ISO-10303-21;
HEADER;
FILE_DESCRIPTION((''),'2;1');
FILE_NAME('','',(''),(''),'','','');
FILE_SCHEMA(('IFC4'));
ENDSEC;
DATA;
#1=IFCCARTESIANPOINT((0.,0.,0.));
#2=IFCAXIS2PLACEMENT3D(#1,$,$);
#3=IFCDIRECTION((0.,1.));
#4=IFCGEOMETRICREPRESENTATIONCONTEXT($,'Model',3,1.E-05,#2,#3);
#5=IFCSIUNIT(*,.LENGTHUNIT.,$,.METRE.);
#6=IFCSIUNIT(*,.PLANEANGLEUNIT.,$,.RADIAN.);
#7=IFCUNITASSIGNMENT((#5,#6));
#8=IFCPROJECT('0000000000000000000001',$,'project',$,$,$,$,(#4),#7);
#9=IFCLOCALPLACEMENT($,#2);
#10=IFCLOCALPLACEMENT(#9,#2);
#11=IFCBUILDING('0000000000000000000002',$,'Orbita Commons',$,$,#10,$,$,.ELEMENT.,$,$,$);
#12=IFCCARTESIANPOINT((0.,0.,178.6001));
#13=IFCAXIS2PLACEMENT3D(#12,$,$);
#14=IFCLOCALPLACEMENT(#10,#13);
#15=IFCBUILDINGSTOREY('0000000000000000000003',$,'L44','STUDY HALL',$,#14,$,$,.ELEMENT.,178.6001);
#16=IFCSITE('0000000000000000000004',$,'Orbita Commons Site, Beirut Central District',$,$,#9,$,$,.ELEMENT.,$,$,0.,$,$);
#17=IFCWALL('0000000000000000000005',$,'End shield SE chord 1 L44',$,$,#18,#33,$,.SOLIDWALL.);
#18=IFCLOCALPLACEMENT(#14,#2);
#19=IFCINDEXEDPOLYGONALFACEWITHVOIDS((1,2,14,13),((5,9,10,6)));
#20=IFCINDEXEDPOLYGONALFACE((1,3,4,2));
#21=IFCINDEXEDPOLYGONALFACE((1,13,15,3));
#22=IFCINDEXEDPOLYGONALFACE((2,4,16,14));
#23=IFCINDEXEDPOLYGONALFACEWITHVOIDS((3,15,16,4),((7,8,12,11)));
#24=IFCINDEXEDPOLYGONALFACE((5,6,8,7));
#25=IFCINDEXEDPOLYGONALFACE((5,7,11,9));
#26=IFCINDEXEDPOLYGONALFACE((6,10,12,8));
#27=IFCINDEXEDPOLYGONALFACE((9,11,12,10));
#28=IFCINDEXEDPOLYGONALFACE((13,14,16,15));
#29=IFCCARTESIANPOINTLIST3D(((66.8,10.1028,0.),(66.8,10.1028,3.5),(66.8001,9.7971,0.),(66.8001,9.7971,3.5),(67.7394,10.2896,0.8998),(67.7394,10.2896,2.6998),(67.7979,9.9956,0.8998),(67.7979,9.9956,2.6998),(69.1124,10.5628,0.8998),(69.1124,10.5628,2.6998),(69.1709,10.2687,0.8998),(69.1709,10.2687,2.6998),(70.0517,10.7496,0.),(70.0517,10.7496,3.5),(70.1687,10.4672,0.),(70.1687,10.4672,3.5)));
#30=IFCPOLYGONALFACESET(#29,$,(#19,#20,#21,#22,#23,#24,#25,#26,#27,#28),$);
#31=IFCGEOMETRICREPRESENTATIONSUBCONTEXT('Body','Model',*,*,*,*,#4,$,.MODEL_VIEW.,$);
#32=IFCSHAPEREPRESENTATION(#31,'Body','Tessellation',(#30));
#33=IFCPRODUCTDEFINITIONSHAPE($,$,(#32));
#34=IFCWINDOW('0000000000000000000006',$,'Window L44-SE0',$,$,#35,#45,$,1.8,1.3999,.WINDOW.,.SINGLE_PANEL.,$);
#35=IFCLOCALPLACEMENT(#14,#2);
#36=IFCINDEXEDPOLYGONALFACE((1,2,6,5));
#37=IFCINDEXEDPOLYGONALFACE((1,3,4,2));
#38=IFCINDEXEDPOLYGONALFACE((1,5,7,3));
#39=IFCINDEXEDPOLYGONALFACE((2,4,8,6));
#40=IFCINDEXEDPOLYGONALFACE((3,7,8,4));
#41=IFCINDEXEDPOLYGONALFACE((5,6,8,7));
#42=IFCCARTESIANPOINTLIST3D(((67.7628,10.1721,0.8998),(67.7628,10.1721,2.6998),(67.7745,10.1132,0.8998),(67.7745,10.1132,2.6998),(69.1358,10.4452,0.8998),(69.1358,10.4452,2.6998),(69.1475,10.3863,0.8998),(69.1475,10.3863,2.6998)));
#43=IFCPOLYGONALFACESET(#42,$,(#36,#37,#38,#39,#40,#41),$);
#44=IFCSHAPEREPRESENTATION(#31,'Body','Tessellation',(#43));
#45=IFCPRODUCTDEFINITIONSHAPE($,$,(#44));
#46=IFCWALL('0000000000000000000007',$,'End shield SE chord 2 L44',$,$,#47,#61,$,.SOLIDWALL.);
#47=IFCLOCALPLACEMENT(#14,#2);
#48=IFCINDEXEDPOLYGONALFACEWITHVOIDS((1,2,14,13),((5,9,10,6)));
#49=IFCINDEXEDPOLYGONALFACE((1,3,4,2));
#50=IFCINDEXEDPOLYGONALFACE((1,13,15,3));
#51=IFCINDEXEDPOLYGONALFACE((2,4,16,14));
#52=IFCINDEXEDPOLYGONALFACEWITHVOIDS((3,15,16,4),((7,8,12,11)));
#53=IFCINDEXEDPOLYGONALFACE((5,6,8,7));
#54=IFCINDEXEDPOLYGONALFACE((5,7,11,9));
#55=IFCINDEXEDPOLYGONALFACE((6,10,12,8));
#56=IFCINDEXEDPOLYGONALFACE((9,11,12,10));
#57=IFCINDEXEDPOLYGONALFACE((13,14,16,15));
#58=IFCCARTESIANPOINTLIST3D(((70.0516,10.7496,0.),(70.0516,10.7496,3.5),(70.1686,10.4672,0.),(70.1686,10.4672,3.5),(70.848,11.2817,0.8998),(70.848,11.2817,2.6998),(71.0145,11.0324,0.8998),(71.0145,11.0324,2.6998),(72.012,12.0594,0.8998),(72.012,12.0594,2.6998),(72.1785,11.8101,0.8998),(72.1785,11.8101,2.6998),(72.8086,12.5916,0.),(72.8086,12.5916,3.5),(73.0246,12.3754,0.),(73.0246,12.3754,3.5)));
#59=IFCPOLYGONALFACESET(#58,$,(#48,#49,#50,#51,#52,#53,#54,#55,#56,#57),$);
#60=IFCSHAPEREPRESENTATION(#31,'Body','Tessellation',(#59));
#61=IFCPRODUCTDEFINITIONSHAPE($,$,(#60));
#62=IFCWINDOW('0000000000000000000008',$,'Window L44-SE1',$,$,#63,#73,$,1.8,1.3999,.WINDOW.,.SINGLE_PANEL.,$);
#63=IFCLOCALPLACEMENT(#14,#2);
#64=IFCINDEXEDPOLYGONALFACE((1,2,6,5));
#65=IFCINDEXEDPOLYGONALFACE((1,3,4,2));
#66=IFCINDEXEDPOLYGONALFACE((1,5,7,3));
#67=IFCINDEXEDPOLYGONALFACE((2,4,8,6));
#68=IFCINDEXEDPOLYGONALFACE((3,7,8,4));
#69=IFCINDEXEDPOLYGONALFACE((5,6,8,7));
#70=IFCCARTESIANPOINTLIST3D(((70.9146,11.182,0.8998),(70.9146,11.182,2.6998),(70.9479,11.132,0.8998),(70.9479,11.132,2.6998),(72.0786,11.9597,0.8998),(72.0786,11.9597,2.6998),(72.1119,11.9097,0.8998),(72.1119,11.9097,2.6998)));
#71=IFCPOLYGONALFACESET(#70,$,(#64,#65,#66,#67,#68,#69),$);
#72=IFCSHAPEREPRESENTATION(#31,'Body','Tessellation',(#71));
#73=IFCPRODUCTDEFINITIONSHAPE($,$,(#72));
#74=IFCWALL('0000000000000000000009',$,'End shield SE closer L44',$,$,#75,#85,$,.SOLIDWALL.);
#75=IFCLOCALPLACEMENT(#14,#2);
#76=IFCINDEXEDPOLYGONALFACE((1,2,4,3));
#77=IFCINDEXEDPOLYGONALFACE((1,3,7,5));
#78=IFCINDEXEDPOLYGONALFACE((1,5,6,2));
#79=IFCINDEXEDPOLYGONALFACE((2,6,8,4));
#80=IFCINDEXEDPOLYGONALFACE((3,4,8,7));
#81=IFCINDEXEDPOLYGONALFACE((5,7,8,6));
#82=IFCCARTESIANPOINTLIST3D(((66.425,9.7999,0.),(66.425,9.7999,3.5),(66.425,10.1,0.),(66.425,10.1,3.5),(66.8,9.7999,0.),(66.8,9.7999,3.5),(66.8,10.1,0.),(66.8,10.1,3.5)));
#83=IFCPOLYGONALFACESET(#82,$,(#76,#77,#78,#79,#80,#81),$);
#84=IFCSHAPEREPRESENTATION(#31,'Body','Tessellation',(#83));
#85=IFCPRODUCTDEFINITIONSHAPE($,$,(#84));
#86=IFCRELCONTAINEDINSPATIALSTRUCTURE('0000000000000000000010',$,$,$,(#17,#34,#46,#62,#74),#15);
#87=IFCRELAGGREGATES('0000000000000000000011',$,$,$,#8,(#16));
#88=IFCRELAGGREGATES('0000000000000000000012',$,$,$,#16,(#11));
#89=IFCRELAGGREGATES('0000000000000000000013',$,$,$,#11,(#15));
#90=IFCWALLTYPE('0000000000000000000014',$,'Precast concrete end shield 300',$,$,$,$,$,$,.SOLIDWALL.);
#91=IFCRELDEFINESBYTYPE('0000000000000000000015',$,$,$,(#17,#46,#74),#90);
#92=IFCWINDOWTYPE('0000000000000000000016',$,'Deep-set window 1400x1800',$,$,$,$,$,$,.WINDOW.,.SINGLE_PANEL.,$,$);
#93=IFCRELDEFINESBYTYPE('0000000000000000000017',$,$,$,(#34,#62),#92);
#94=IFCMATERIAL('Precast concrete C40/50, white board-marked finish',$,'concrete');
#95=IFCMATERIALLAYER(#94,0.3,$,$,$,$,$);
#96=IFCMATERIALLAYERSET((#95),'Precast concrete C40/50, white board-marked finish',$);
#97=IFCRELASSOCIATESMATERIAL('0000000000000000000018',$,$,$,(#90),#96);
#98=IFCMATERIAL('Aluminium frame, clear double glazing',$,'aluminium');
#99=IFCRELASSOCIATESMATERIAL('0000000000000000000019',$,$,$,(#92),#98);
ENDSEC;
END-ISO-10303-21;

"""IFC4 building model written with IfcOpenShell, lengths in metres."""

from ifc_helpers import new_model, si_unit, direction, frame, frame_2d, origin, place, context, subcontext, project, spatial, polyline, rectangle, outline, extrude, material, layer, layer_set, type_object, element, fill, save


model = new_model("IFC4")

# Units and contexts
model_context = context("Model", 3, precision=1e-05, world=origin(), true_north=direction((0.0, 1.0)))
body_context = subcontext(model_context, "Body", "Model", "MODEL_VIEW")
ifc_project = project(units=[si_unit("LENGTHUNIT", "METRE"), si_unit("PLANEANGLEUNIT", "RADIAN")], contexts=[model_context])

# Site, building, storey
site_placement = place(None, origin())
site = spatial("IfcSite", under=ifc_project, at=site_placement, Name="Orbita Commons Site, Beirut Central District", CompositionType="ELEMENT", RefElevation=0.0)
building_placement = place(site_placement, origin())
building = spatial("IfcBuilding", under=site, at=building_placement, Name="Orbita Commons", CompositionType="ELEMENT")
storey_placement = place(building_placement, frame((0.0, 0.0, 178.6001)))
storey = spatial("IfcBuildingStorey", under=building, at=storey_placement, Name="L44", Description="STUDY HALL", CompositionType="ELEMENT", Elevation=178.6001)

# Walls, openings, windows
ifc_material_1 = material(Name="Precast concrete C40/50, white board-marked finish", Category="concrete")
ifc_layer_1 = layer(ifc_material_1, 0.3)
ifc_layer_set_1 = layer_set([ifc_layer_1], Name="Precast concrete C40/50, white board-marked finish")
wall_type_1 = type_object("IfcWallType", Name="Precast concrete end shield 300", PredefinedType="SOLIDWALL", material=ifc_layer_set_1)
wall_1_placement = place(storey_placement, frame((66.8, 9.95, 0.0), z_axis=(0.0, 0.0, 1.0), x_axis=(0.980783, 0.1951, 0.0)))
wall_1 = element("IfcWall", 1, at=wall_1_placement, inside=storey, type_object=wall_type_1, Name="End shield SE chord 1 L44", PredefinedType="SOLIDWALL", context=body_context, shape_type="SweptSolid", body=[
    extrude(outline(polyline([(-0.0298, -0.1499), (3.4048, -0.1499), (3.3452, 0.1499), (0.0298, 0.1499), (-0.0298, -0.1499)])), origin(), (0.0, 0.0, 1.0), 3.5),
])
opening_1_placement = place(wall_1_placement, frame((0.9875, 0.0, 0.8999)))
opening_1 = element("IfcOpeningElement", 2, at=opening_1_placement, cuts=wall_1, PredefinedType="OPENING", context=body_context, shape_type="SweptSolid", body=[
    extrude(rectangle(XDim=1.3999, YDim=1.8, at=frame_2d((0.7, 0.8999))), frame((0.0, 0.1599, 0.0), z_axis=(0.0, -1.0, 0.0), x_axis=(1.0, 0.0, 0.0)), (0.0, 0.0, 1.0), 0.3201),
])
ifc_material_2 = material(Name="Aluminium frame, clear double glazing", Category="aluminium")
window_type = type_object("IfcWindowType", Name="Deep-set window 1400x1800", PartitioningType="SINGLE_PANEL", PredefinedType="WINDOW", material=ifc_material_2)
window_1_placement = place(opening_1_placement, origin())
window_1 = element("IfcWindow", 3, at=window_1_placement, inside=storey, type_object=window_type, Name="Window L44-SE0", OverallHeight=1.8, OverallWidth=1.3999, PartitioningType="SINGLE_PANEL", PredefinedType="WINDOW", context=body_context, shape_type="SweptSolid", body=[
    extrude(rectangle(XDim=1.3999, YDim=1.8, at=frame_2d((0.7, 0.8999))), frame((0.0, 0.03, 0.0), z_axis=(0.0, -1.0, 0.0), x_axis=(1.0, 0.0, 0.0)), (0.0, 0.0, 1.0), 0.0601),
])
fill(opening_1, window_1)
wall_2_placement = place(storey_placement, frame((70.1101, 10.6084, 0.0), z_axis=(0.0, 0.0, 1.0), x_axis=(0.831493, 0.555535, 0.0)))
wall_2 = element("IfcWall", 4, at=wall_2_placement, inside=storey, type_object=wall_type_1, Name="End shield SE chord 2 L44", PredefinedType="SOLIDWALL", context=body_context, shape_type="SweptSolid", body=[
    extrude(outline(polyline([(-0.0298, -0.1499), (3.405, -0.1499), (3.3455, 0.1499), (0.0298, 0.1499), (-0.0298, -0.1499)])), origin(), (0.0, 0.0, 1.0), 3.5),
])
opening_2_placement = place(wall_2_placement, frame((0.9875, 0.0, 0.8999)))
opening_2 = element("IfcOpeningElement", 5, at=opening_2_placement, cuts=wall_2, PredefinedType="OPENING", context=body_context, shape_type="SweptSolid", body=[
    extrude(rectangle(XDim=1.3999, YDim=1.8, at=frame_2d((0.7, 0.8999))), frame((0.0, 0.1599, 0.0), z_axis=(0.0, -1.0, 0.0), x_axis=(1.0, 0.0, 0.0)), (0.0, 0.0, 1.0), 0.3201),
])
window_2_placement = place(opening_2_placement, origin())
window_2 = element("IfcWindow", 6, at=window_2_placement, inside=storey, type_object=window_type, Name="Window L44-SE1", OverallHeight=1.8, OverallWidth=1.3999, PartitioningType="SINGLE_PANEL", PredefinedType="WINDOW", context=body_context, shape_type="SweptSolid", body=[
    extrude(rectangle(XDim=1.3999, YDim=1.8, at=frame_2d((0.7, 0.8999))), frame((0.0, 0.03, 0.0), z_axis=(0.0, -1.0, 0.0), x_axis=(1.0, 0.0, 0.0)), (0.0, 0.0, 1.0), 0.0601),
])
fill(opening_2, window_2)

# Wall
wall_3_placement = place(storey_placement, frame((66.8, 9.95, 0.0), z_axis=(0.0, 0.0, 1.0), x_axis=(-1.0, 0.0, 0.0)))
element("IfcWall", 7, at=wall_3_placement, inside=storey, type_object=wall_type_1, Name="End shield SE closer L44", PredefinedType="SOLIDWALL", context=body_context, shape_type="SweptSolid", body=[
    extrude(rectangle(XDim=0.375, YDim=0.3, at=frame_2d((0.1875, 0.0))), origin(), (0.0, 0.0, 1.0), 3.5),
])

save(model, "model.ifc")
